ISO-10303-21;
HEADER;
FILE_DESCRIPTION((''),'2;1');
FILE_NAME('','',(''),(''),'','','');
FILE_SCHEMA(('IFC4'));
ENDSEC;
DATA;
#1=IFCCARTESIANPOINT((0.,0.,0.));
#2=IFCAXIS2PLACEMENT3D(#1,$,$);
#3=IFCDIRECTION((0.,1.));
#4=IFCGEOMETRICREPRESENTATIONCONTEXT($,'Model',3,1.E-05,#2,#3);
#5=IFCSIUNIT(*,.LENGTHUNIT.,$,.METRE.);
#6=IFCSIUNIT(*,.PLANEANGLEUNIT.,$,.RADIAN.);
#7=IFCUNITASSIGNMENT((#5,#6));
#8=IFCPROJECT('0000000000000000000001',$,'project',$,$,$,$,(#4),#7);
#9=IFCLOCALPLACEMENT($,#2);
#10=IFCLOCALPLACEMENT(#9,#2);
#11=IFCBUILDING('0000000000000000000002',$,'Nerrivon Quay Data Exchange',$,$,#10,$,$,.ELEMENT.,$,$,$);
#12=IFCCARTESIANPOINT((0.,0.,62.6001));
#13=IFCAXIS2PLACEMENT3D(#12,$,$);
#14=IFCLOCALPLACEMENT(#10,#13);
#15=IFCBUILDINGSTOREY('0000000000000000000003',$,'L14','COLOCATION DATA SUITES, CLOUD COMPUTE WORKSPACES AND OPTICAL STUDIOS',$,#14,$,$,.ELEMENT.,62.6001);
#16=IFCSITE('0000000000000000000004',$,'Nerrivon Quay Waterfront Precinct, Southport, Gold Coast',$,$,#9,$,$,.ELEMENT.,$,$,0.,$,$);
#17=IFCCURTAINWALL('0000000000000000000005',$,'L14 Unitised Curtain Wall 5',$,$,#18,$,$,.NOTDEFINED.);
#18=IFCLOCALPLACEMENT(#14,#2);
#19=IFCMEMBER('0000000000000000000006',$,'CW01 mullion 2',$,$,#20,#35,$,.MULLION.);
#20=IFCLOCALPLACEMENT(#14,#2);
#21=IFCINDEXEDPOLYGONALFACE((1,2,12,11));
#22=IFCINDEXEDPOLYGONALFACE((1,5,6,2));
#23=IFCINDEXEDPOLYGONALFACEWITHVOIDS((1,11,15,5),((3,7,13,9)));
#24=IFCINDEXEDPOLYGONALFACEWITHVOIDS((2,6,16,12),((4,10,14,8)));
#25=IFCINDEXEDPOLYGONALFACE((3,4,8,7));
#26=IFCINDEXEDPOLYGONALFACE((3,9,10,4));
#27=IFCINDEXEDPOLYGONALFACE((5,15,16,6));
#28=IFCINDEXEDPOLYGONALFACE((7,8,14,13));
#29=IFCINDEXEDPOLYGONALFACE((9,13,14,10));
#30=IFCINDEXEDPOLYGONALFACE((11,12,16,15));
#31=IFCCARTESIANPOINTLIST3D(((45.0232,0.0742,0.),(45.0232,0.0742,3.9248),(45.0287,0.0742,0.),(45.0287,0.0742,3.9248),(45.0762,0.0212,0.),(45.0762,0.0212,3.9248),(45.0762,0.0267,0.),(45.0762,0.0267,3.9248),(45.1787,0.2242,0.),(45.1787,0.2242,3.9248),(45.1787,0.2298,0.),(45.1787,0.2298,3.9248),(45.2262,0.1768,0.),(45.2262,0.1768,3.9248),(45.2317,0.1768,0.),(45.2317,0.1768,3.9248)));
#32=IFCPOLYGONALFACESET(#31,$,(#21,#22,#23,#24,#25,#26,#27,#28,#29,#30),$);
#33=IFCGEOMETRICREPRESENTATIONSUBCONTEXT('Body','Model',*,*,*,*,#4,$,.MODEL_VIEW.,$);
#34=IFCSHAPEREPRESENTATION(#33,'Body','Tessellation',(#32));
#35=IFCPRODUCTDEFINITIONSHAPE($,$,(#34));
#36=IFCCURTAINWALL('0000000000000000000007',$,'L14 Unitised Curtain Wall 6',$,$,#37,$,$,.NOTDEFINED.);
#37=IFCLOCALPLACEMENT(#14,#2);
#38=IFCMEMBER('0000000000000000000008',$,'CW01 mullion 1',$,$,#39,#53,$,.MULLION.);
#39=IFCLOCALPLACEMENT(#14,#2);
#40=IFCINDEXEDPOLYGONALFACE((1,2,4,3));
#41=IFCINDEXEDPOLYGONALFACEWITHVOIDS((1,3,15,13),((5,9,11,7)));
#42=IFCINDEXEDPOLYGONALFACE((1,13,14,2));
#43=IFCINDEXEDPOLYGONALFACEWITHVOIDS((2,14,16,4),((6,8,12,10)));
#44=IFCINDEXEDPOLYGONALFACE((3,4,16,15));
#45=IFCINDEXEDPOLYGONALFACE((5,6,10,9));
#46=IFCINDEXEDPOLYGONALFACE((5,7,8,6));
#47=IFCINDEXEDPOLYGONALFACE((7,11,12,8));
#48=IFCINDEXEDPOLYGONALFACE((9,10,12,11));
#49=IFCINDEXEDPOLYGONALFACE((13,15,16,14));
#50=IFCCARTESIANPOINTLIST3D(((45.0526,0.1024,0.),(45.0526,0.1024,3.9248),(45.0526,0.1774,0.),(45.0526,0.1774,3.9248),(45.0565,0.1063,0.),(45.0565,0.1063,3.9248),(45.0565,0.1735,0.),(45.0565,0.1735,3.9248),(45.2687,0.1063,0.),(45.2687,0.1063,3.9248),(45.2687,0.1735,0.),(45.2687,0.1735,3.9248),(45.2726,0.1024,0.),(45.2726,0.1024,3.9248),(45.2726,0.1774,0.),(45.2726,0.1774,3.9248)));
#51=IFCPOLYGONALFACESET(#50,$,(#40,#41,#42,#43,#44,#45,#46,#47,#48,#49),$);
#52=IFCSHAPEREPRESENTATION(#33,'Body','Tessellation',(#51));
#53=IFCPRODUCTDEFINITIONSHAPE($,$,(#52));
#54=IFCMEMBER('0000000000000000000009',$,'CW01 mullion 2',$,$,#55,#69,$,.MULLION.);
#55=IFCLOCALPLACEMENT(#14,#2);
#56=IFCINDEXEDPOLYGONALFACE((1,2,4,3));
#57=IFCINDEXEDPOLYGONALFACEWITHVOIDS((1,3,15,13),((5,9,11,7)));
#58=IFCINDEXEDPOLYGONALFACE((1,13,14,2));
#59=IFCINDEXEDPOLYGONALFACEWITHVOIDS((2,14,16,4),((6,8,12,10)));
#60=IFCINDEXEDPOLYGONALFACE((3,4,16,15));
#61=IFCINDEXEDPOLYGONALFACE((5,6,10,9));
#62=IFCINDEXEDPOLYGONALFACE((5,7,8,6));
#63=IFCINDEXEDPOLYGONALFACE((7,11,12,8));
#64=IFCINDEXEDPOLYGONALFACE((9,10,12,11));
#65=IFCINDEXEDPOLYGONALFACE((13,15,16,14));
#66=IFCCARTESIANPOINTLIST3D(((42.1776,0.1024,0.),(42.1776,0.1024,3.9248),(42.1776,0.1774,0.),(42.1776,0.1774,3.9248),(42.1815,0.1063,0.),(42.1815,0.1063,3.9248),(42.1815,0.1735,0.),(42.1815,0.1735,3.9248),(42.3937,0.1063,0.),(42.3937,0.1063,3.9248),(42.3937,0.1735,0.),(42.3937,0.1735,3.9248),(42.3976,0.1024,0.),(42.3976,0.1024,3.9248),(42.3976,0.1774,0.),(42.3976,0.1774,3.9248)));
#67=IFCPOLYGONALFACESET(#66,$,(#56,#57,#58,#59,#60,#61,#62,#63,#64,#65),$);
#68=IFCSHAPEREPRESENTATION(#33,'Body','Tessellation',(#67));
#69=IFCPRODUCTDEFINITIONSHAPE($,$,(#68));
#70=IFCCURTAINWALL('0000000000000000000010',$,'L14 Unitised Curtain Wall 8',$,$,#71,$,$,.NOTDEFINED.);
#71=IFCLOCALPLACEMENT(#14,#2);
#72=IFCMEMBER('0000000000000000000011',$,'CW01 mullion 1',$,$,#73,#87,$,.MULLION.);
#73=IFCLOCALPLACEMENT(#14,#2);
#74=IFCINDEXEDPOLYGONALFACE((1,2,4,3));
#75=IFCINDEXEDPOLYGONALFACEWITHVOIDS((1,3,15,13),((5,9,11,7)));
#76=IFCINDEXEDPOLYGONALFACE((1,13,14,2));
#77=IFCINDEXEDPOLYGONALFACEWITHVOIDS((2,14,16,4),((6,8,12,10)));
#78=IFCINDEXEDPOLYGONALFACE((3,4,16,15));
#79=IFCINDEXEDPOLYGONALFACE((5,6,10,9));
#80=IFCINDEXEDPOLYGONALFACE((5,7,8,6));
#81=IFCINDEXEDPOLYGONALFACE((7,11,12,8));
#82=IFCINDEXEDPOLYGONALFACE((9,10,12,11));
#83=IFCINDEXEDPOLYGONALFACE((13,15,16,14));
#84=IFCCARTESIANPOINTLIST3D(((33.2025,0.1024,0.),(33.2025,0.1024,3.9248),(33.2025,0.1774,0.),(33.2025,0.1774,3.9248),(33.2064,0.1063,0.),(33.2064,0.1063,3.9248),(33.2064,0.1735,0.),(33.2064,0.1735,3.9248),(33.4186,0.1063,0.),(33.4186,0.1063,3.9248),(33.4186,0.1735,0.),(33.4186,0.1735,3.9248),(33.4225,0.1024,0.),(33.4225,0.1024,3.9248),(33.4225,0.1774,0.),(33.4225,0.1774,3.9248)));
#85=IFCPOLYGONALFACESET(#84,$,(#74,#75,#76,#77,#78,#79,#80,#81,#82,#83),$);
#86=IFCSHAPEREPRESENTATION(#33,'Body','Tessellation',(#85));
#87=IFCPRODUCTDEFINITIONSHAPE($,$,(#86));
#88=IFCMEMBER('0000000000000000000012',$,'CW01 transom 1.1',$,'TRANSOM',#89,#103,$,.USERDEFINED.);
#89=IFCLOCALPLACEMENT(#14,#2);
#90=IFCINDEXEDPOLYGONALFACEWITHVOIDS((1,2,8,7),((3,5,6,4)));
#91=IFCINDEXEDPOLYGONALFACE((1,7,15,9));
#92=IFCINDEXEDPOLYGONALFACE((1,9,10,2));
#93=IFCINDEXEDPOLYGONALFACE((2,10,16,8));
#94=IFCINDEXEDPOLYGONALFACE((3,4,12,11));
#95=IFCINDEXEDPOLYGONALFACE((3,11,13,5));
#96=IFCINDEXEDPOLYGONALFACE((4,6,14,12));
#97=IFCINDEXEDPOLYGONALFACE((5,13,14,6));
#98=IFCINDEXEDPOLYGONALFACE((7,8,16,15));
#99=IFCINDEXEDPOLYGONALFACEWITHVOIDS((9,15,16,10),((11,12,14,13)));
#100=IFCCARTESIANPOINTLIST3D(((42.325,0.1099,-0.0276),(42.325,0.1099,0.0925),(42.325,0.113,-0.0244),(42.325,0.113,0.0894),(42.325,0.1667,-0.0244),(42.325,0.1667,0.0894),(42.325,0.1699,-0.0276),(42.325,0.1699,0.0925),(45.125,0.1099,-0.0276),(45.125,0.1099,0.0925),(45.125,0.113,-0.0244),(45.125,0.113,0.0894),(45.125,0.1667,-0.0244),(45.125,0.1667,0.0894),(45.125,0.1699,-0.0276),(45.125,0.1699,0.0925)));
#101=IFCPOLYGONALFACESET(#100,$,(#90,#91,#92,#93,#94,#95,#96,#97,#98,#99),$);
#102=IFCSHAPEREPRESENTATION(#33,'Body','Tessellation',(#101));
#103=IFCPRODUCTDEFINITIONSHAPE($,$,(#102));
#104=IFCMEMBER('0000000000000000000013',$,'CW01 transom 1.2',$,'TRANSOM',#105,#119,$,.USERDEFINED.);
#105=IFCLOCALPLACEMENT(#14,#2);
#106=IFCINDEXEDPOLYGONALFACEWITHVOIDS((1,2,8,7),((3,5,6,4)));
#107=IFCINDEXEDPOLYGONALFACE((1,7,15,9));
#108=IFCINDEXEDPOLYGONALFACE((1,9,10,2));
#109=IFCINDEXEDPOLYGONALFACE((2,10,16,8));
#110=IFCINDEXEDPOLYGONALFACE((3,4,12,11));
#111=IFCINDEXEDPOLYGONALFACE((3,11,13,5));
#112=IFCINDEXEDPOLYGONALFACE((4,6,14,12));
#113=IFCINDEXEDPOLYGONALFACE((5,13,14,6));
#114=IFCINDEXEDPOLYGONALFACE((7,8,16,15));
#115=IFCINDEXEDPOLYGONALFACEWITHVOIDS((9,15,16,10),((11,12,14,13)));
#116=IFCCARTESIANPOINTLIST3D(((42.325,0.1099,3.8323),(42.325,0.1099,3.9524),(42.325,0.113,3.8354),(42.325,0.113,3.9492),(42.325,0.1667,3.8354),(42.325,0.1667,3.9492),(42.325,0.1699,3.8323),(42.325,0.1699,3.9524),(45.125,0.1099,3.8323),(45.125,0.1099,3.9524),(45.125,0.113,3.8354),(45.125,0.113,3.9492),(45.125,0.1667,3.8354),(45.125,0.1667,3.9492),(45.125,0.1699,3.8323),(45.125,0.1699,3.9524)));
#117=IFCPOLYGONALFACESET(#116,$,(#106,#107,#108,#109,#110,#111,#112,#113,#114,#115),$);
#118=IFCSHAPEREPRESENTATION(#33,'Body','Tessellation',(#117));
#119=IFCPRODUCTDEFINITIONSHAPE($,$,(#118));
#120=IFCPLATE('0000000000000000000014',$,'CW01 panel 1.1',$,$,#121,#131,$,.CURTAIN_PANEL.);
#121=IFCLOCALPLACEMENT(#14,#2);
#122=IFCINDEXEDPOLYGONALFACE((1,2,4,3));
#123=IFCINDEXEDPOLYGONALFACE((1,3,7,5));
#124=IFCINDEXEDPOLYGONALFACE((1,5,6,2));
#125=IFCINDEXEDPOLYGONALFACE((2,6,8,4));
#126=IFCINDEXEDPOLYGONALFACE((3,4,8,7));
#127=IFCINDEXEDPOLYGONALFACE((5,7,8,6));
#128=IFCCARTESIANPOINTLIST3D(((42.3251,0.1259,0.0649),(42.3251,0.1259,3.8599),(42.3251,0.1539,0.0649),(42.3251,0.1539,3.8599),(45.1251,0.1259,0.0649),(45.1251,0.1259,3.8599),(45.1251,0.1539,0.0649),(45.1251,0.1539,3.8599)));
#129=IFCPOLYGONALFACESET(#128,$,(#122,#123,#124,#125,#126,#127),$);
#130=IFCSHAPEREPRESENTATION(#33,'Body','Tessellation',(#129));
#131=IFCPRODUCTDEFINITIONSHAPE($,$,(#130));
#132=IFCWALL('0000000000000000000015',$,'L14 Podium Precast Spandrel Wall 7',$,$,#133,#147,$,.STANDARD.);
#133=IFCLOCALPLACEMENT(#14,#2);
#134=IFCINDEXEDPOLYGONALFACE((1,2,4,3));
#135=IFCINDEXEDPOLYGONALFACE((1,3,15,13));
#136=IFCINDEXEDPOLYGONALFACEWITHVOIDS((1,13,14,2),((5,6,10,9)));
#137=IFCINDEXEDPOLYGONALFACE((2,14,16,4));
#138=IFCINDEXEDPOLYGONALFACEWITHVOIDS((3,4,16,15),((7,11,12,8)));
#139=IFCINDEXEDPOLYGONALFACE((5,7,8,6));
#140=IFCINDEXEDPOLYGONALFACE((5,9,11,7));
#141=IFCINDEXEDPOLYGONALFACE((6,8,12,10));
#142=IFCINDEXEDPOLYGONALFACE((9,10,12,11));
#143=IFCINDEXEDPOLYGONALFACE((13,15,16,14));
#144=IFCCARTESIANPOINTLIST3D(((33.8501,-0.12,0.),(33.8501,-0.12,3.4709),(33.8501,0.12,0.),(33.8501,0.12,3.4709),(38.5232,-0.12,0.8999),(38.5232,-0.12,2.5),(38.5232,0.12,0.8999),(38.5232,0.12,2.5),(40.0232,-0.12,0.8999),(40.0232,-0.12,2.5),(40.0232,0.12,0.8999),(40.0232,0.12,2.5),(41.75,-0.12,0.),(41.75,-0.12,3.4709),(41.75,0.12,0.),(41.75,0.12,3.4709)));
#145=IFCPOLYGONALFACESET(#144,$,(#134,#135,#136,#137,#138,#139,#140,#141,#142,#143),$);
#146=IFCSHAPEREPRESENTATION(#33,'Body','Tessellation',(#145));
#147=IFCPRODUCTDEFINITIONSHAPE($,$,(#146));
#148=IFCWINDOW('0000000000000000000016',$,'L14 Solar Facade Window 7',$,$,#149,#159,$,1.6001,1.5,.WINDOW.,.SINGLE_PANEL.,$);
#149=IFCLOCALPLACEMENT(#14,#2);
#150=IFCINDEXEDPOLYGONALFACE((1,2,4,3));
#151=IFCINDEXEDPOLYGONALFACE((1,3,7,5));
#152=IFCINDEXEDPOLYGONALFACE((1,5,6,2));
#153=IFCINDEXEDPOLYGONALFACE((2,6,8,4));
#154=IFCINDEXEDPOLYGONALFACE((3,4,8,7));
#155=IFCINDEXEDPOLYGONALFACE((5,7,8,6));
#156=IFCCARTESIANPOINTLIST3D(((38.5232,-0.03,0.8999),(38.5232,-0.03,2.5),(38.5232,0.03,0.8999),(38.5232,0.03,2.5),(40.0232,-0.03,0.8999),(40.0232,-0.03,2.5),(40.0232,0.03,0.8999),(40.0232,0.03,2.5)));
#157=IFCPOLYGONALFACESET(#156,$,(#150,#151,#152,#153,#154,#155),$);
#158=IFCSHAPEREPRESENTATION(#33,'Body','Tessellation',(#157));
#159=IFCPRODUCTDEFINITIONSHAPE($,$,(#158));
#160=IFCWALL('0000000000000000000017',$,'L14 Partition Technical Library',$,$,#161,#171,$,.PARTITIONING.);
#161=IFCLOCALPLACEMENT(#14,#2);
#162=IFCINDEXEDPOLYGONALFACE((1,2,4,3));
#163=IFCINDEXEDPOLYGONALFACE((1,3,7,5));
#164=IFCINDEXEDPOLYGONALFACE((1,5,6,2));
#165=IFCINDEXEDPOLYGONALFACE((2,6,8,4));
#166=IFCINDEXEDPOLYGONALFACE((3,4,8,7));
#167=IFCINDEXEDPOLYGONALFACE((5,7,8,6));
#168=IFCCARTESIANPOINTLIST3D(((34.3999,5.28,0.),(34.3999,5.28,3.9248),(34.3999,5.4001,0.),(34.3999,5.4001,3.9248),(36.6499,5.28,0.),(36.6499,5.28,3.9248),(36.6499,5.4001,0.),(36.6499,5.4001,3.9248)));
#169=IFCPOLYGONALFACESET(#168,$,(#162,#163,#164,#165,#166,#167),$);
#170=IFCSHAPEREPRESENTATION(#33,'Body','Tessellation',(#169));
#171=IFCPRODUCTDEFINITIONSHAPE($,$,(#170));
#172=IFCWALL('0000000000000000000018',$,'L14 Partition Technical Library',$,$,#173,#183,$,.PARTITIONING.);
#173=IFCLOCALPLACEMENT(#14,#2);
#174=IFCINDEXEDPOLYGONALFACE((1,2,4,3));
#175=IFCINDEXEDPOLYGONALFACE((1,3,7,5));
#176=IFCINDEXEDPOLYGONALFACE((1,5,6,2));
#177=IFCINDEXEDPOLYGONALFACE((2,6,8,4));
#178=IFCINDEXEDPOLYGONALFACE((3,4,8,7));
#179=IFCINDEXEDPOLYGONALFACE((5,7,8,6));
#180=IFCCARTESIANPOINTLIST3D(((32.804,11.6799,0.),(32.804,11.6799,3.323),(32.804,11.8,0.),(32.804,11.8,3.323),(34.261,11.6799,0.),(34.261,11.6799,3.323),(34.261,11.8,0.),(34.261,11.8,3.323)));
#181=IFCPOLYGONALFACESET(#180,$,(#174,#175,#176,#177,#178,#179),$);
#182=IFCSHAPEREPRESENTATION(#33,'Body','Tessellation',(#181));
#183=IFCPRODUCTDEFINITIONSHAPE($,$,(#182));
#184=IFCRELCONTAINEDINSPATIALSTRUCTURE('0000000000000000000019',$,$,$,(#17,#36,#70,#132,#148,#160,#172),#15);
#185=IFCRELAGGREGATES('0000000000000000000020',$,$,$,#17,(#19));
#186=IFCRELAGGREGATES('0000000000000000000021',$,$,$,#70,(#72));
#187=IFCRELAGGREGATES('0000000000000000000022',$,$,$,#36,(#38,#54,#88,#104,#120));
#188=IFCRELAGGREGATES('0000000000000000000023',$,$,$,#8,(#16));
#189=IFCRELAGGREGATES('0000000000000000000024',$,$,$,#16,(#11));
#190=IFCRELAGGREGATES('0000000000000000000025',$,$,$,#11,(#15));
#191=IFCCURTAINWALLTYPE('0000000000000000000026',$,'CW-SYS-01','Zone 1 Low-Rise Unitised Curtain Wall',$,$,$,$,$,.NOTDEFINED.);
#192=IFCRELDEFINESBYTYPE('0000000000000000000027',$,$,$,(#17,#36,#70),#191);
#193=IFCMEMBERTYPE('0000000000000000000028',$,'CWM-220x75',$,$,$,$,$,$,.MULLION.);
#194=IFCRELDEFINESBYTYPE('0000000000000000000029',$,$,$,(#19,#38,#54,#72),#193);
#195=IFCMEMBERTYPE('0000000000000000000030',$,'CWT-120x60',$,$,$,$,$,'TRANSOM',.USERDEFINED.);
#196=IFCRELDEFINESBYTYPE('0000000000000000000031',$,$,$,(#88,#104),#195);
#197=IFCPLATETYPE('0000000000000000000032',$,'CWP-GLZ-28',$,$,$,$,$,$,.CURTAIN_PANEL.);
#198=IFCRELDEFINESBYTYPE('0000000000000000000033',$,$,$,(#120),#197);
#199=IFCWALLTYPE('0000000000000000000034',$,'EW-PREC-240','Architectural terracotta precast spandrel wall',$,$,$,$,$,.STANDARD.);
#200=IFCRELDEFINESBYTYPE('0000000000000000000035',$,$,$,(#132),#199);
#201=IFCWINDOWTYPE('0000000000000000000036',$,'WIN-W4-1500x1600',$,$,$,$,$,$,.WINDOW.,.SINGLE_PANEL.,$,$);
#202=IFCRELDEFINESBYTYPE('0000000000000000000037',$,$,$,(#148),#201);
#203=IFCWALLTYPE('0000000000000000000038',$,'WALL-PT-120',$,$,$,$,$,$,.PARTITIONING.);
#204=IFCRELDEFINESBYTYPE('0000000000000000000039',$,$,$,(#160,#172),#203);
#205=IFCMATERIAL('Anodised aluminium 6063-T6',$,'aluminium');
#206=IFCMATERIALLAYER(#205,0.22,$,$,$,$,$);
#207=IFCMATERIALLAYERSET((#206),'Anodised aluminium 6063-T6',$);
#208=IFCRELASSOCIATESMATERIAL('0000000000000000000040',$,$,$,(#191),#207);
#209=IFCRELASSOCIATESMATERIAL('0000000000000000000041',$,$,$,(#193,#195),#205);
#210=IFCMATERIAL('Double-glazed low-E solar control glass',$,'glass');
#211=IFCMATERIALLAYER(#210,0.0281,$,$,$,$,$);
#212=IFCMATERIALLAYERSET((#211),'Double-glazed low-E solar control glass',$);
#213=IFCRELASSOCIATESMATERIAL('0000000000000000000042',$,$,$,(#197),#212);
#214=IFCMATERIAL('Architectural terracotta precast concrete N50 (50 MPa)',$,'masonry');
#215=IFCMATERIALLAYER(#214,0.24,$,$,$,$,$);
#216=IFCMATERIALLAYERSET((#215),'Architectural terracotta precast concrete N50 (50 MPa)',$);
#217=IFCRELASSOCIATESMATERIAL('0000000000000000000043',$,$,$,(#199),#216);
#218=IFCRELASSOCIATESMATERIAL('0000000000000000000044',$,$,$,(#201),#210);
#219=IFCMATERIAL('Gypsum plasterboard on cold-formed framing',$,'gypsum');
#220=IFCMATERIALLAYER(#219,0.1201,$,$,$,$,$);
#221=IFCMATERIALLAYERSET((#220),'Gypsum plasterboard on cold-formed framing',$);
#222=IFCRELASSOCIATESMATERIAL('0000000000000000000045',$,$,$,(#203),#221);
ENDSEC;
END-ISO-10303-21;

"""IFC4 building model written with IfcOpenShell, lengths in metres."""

from ifc_helpers import new_model, si_unit, direction, frame, frame_2d, origin, origin_2d, place, context, subcontext, project, spatial, rectangle, hollow_rectangle, extrude, material, layer, layer_set, material_profile, profile_set, type_object, element, fill, aggregate, save


model = new_model("IFC4")

# Units and contexts
model_context = context("Model", 3, precision=1e-05, world=origin(), true_north=direction((0.0, 1.0)))
body_context = subcontext(model_context, "Body", "Model", "MODEL_VIEW")
ifc_project = project(units=[si_unit("LENGTHUNIT", "METRE"), si_unit("PLANEANGLEUNIT", "RADIAN")], contexts=[model_context])

# Site, building, storey
site_placement = place(None, origin())
site = spatial("IfcSite", under=ifc_project, at=site_placement, Name="Nerrivon Quay Waterfront Precinct, Southport, Gold Coast", CompositionType="ELEMENT", RefElevation=0.0)
building_placement = place(site_placement, origin())
building = spatial("IfcBuilding", under=site, at=building_placement, Name="Nerrivon Quay Data Exchange", CompositionType="ELEMENT")
storey_placement = place(building_placement, frame((0.0, 0.0, 62.6001)))
storey = spatial("IfcBuildingStorey", under=building, at=storey_placement, Name="L14", Description="COLOCATION DATA SUITES, CLOUD COMPUTE WORKSPACES AND OPTICAL STUDIOS", CompositionType="ELEMENT", Elevation=62.6001)

# Curtain wall, member
ifc_material_1 = material(Name="Anodised aluminium 6063-T6", Category="aluminium")
ifc_layer_1 = layer(ifc_material_1, 0.22)
ifc_layer_set_1 = layer_set([ifc_layer_1], Name="Anodised aluminium 6063-T6")
curtain_wall_type = type_object("IfcCurtainWallType", Name="CW-SYS-01", Description="Zone 1 Low-Rise Unitised Curtain Wall", PredefinedType="NOTDEFINED", material=ifc_layer_set_1)
curtain_wall_1_placement = place(storey_placement, origin())
curtain_wall_1 = element("IfcCurtainWall", 1, at=curtain_wall_1_placement, inside=storey, type_object=curtain_wall_type, Name="L14 Unitised Curtain Wall 5", PredefinedType="NOTDEFINED")
ifc_material_profile_1 = material_profile(ifc_material_1, hollow_rectangle(XDim=0.075, YDim=0.22, WallThickness=0.0039, at=origin_2d()), Name="ALU-MULL-220x75")
ifc_profile_set_1 = profile_set([ifc_material_profile_1], Name="Anodised aluminium 6063-T6")
member_type_1 = type_object("IfcMemberType", Name="CWM-220x75", PredefinedType="MULLION", material=ifc_profile_set_1)
member_1_placement = place(storey_placement, frame((45.1274, 0.1255, 0.0), z_axis=(0.0, 0.0, 1.0), x_axis=(0.707107, -0.707107, 0.0)))
member_1 = element("IfcMember", 2, at=member_1_placement, type_object=member_type_1, Name="CW01 mullion 2", PredefinedType="MULLION", context=body_context, shape_type="SweptSolid", body=[
    extrude(hollow_rectangle(XDim=0.075, YDim=0.22, WallThickness=0.0039, at=origin_2d()), origin(), (0.0, 0.0, 1.0), 3.9248),
])
aggregate(curtain_wall_1, [member_1])

# Curtain wall, members
curtain_wall_2_placement = place(storey_placement, origin())
curtain_wall_2 = element("IfcCurtainWall", 3, at=curtain_wall_2_placement, inside=storey, type_object=curtain_wall_type, Name="L14 Unitised Curtain Wall 6", PredefinedType="NOTDEFINED")
member_2_placement = place(storey_placement, frame((45.1626, 0.1399, 0.0), z_axis=(0.0, 0.0, 1.0), x_axis=(0.0, -1.0, 0.0)))
member_2 = element("IfcMember", 4, at=member_2_placement, type_object=member_type_1, Name="CW01 mullion 1", PredefinedType="MULLION", context=body_context, shape_type="SweptSolid", body=[
    extrude(hollow_rectangle(XDim=0.075, YDim=0.22, WallThickness=0.0039, at=origin_2d()), origin(), (0.0, 0.0, 1.0), 3.9248),
])
member_3_placement = place(storey_placement, frame((42.2876, 0.1399, 0.0), z_axis=(0.0, 0.0, 1.0), x_axis=(0.0, -1.0, 0.0)))
member_3 = element("IfcMember", 5, at=member_3_placement, type_object=member_type_1, Name="CW01 mullion 2", PredefinedType="MULLION", context=body_context, shape_type="SweptSolid", body=[
    extrude(hollow_rectangle(XDim=0.075, YDim=0.22, WallThickness=0.0039, at=origin_2d()), origin(), (0.0, 0.0, 1.0), 3.9248),
])

# Curtain wall, member
curtain_wall_3_placement = place(storey_placement, origin())
curtain_wall_3 = element("IfcCurtainWall", 6, at=curtain_wall_3_placement, inside=storey, type_object=curtain_wall_type, Name="L14 Unitised Curtain Wall 8", PredefinedType="NOTDEFINED")
member_4_placement = place(storey_placement, frame((33.3125, 0.1399, 0.0), z_axis=(0.0, 0.0, 1.0), x_axis=(0.0, -1.0, 0.0)))
member_4 = element("IfcMember", 7, at=member_4_placement, type_object=member_type_1, Name="CW01 mullion 1", PredefinedType="MULLION", context=body_context, shape_type="SweptSolid", body=[
    extrude(hollow_rectangle(XDim=0.075, YDim=0.22, WallThickness=0.0039, at=origin_2d()), origin(), (0.0, 0.0, 1.0), 3.9248),
])
aggregate(curtain_wall_3, [member_4])

# Members
ifc_material_profile_2 = material_profile(ifc_material_1, hollow_rectangle(XDim=0.0601, YDim=0.1201, WallThickness=0.0032, at=origin_2d()), Name="ALU-TRAN-120x60")
ifc_profile_set_2 = profile_set([ifc_material_profile_2], Name="Anodised aluminium 6063-T6")
member_type_2 = type_object("IfcMemberType", Name="CWT-120x60", ElementType="TRANSOM", PredefinedType="USERDEFINED", material=ifc_profile_set_2)
member_5_placement = place(storey_placement, frame((45.125, 0.1399, 0.0325), z_axis=(-1.0, 0.0, 0.0), x_axis=(0.0, -1.0, 0.0)))
member_5 = element("IfcMember", 8, at=member_5_placement, type_object=member_type_2, Name="CW01 transom 1.1", ObjectType="TRANSOM", PredefinedType="USERDEFINED", context=body_context, shape_type="SweptSolid", body=[
    extrude(hollow_rectangle(XDim=0.0601, YDim=0.1201, WallThickness=0.0032, at=origin_2d()), origin(), (0.0, 0.0, 1.0), 2.8),
])
member_6_placement = place(storey_placement, frame((45.125, 0.1399, 3.8923), z_axis=(-1.0, 0.0, 0.0), x_axis=(0.0, -1.0, 0.0)))
member_6 = element("IfcMember", 9, at=member_6_placement, type_object=member_type_2, Name="CW01 transom 1.2", ObjectType="TRANSOM", PredefinedType="USERDEFINED", context=body_context, shape_type="SweptSolid", body=[
    extrude(hollow_rectangle(XDim=0.0601, YDim=0.1201, WallThickness=0.0032, at=origin_2d()), origin(), (0.0, 0.0, 1.0), 2.8),
])

# Plate
ifc_material_2 = material(Name="Double-glazed low-E solar control glass", Category="glass")
ifc_layer_2 = layer(ifc_material_2, 0.0281)
ifc_layer_set_2 = layer_set([ifc_layer_2], Name="Double-glazed low-E solar control glass")
plate_type = type_object("IfcPlateType", Name="CWP-GLZ-28", PredefinedType="CURTAIN_PANEL", material=ifc_layer_set_2)
plate_placement = place(storey_placement, frame((43.7251, 0.1399, 0.0649), z_axis=(0.0, 0.0, 1.0), x_axis=(-1.0, 0.0, 0.0)))
plate = element("IfcPlate", 10, at=plate_placement, type_object=plate_type, Name="CW01 panel 1.1", PredefinedType="CURTAIN_PANEL", context=body_context, shape_type="SweptSolid", body=[
    extrude(rectangle(XDim=2.8, YDim=0.0281, at=origin_2d()), origin(), (0.0, 0.0, 1.0), 3.7949),
])
aggregate(curtain_wall_2, [member_2, member_3, member_5, member_6, plate])

# Wall, opening, window
ifc_material_3 = material(Name="Architectural terracotta precast concrete N50 (50 MPa)", Category="masonry")
ifc_layer_3 = layer(ifc_material_3, 0.24)
ifc_layer_set_3 = layer_set([ifc_layer_3], Name="Architectural terracotta precast concrete N50 (50 MPa)")
wall_type_1 = type_object("IfcWallType", Name="EW-PREC-240", Description="Architectural terracotta precast spandrel wall", PredefinedType="STANDARD", material=ifc_layer_set_3)
wall_1_placement = place(storey_placement, frame((41.75, 0.0, 0.0), z_axis=(0.0, 0.0, 1.0), x_axis=(-1.0, 0.0, 0.0)))
wall_1 = element("IfcWall", 11, at=wall_1_placement, inside=storey, type_object=wall_type_1, Name="L14 Podium Precast Spandrel Wall 7", PredefinedType="STANDARD", context=body_context, shape_type="SweptSolid", body=[
    extrude(rectangle(XDim=7.8999, YDim=0.24, at=frame_2d((3.95, 0.0))), origin(), (0.0, 0.0, 1.0), 3.4709),
])
opening_1_placement = place(wall_1_placement, frame((1.7268, 0.0, 0.8999)))
opening_1 = element("IfcOpeningElement", 12, at=opening_1_placement, cuts=wall_1, PredefinedType="OPENING", context=body_context, shape_type="SweptSolid", body=[
    extrude(rectangle(XDim=1.5, YDim=1.6001, at=frame_2d((0.75, 0.8))), frame((0.0, 0.1299, 0.0), z_axis=(0.0, -1.0, 0.0), x_axis=(1.0, 0.0, 0.0)), (0.0, 0.0, 1.0), 0.26),
])
window_type = type_object("IfcWindowType", Name="WIN-W4-1500x1600", PartitioningType="SINGLE_PANEL", PredefinedType="WINDOW", material=ifc_material_2)
window_placement = place(opening_1_placement, origin())
window = element("IfcWindow", 13, at=window_placement, inside=storey, type_object=window_type, Name="L14 Solar Facade Window 7", OverallHeight=1.6001, OverallWidth=1.5, PartitioningType="SINGLE_PANEL", PredefinedType="WINDOW", context=body_context, shape_type="SweptSolid", body=[
    extrude(rectangle(XDim=1.5, YDim=1.6001, at=frame_2d((0.75, 0.8))), frame((0.0, 0.03, 0.0), z_axis=(0.0, -1.0, 0.0), x_axis=(1.0, 0.0, 0.0)), (0.0, 0.0, 1.0), 0.0601),
])
fill(opening_1, window)

# Walls
ifc_material_4 = material(Name="Gypsum plasterboard on cold-formed framing", Category="gypsum")
ifc_layer_4 = layer(ifc_material_4, 0.1201)
ifc_layer_set_4 = layer_set([ifc_layer_4], Name="Gypsum plasterboard on cold-formed framing")
wall_type_2 = type_object("IfcWallType", Name="WALL-PT-120", PredefinedType="PARTITIONING", material=ifc_layer_set_4)
wall_2_placement = place(storey_placement, frame((36.6499, 5.3401, 0.0), z_axis=(0.0, 0.0, 1.0), x_axis=(-1.0, 0.0, 0.0)))
element("IfcWall", 14, at=wall_2_placement, inside=storey, type_object=wall_type_2, Name="L14 Partition Technical Library", PredefinedType="PARTITIONING", context=body_context, shape_type="SweptSolid", body=[
    extrude(rectangle(XDim=2.25, YDim=0.1201, at=frame_2d((1.125, 0.0))), origin(), (0.0, 0.0, 1.0), 3.9248),
])
wall_3_placement = place(storey_placement, frame((34.261, 11.74, 0.0), z_axis=(0.0, 0.0, 1.0), x_axis=(-1.0, 0.0, 0.0)))
element("IfcWall", 15, at=wall_3_placement, inside=storey, type_object=wall_type_2, Name="L14 Partition Technical Library", PredefinedType="PARTITIONING", context=body_context, shape_type="SweptSolid", body=[
    extrude(rectangle(XDim=1.457, YDim=0.1201, at=frame_2d((0.7285, 0.0))), origin(), (0.0, 0.0, 1.0), 3.323),
])

save(model, "model.ifc")
